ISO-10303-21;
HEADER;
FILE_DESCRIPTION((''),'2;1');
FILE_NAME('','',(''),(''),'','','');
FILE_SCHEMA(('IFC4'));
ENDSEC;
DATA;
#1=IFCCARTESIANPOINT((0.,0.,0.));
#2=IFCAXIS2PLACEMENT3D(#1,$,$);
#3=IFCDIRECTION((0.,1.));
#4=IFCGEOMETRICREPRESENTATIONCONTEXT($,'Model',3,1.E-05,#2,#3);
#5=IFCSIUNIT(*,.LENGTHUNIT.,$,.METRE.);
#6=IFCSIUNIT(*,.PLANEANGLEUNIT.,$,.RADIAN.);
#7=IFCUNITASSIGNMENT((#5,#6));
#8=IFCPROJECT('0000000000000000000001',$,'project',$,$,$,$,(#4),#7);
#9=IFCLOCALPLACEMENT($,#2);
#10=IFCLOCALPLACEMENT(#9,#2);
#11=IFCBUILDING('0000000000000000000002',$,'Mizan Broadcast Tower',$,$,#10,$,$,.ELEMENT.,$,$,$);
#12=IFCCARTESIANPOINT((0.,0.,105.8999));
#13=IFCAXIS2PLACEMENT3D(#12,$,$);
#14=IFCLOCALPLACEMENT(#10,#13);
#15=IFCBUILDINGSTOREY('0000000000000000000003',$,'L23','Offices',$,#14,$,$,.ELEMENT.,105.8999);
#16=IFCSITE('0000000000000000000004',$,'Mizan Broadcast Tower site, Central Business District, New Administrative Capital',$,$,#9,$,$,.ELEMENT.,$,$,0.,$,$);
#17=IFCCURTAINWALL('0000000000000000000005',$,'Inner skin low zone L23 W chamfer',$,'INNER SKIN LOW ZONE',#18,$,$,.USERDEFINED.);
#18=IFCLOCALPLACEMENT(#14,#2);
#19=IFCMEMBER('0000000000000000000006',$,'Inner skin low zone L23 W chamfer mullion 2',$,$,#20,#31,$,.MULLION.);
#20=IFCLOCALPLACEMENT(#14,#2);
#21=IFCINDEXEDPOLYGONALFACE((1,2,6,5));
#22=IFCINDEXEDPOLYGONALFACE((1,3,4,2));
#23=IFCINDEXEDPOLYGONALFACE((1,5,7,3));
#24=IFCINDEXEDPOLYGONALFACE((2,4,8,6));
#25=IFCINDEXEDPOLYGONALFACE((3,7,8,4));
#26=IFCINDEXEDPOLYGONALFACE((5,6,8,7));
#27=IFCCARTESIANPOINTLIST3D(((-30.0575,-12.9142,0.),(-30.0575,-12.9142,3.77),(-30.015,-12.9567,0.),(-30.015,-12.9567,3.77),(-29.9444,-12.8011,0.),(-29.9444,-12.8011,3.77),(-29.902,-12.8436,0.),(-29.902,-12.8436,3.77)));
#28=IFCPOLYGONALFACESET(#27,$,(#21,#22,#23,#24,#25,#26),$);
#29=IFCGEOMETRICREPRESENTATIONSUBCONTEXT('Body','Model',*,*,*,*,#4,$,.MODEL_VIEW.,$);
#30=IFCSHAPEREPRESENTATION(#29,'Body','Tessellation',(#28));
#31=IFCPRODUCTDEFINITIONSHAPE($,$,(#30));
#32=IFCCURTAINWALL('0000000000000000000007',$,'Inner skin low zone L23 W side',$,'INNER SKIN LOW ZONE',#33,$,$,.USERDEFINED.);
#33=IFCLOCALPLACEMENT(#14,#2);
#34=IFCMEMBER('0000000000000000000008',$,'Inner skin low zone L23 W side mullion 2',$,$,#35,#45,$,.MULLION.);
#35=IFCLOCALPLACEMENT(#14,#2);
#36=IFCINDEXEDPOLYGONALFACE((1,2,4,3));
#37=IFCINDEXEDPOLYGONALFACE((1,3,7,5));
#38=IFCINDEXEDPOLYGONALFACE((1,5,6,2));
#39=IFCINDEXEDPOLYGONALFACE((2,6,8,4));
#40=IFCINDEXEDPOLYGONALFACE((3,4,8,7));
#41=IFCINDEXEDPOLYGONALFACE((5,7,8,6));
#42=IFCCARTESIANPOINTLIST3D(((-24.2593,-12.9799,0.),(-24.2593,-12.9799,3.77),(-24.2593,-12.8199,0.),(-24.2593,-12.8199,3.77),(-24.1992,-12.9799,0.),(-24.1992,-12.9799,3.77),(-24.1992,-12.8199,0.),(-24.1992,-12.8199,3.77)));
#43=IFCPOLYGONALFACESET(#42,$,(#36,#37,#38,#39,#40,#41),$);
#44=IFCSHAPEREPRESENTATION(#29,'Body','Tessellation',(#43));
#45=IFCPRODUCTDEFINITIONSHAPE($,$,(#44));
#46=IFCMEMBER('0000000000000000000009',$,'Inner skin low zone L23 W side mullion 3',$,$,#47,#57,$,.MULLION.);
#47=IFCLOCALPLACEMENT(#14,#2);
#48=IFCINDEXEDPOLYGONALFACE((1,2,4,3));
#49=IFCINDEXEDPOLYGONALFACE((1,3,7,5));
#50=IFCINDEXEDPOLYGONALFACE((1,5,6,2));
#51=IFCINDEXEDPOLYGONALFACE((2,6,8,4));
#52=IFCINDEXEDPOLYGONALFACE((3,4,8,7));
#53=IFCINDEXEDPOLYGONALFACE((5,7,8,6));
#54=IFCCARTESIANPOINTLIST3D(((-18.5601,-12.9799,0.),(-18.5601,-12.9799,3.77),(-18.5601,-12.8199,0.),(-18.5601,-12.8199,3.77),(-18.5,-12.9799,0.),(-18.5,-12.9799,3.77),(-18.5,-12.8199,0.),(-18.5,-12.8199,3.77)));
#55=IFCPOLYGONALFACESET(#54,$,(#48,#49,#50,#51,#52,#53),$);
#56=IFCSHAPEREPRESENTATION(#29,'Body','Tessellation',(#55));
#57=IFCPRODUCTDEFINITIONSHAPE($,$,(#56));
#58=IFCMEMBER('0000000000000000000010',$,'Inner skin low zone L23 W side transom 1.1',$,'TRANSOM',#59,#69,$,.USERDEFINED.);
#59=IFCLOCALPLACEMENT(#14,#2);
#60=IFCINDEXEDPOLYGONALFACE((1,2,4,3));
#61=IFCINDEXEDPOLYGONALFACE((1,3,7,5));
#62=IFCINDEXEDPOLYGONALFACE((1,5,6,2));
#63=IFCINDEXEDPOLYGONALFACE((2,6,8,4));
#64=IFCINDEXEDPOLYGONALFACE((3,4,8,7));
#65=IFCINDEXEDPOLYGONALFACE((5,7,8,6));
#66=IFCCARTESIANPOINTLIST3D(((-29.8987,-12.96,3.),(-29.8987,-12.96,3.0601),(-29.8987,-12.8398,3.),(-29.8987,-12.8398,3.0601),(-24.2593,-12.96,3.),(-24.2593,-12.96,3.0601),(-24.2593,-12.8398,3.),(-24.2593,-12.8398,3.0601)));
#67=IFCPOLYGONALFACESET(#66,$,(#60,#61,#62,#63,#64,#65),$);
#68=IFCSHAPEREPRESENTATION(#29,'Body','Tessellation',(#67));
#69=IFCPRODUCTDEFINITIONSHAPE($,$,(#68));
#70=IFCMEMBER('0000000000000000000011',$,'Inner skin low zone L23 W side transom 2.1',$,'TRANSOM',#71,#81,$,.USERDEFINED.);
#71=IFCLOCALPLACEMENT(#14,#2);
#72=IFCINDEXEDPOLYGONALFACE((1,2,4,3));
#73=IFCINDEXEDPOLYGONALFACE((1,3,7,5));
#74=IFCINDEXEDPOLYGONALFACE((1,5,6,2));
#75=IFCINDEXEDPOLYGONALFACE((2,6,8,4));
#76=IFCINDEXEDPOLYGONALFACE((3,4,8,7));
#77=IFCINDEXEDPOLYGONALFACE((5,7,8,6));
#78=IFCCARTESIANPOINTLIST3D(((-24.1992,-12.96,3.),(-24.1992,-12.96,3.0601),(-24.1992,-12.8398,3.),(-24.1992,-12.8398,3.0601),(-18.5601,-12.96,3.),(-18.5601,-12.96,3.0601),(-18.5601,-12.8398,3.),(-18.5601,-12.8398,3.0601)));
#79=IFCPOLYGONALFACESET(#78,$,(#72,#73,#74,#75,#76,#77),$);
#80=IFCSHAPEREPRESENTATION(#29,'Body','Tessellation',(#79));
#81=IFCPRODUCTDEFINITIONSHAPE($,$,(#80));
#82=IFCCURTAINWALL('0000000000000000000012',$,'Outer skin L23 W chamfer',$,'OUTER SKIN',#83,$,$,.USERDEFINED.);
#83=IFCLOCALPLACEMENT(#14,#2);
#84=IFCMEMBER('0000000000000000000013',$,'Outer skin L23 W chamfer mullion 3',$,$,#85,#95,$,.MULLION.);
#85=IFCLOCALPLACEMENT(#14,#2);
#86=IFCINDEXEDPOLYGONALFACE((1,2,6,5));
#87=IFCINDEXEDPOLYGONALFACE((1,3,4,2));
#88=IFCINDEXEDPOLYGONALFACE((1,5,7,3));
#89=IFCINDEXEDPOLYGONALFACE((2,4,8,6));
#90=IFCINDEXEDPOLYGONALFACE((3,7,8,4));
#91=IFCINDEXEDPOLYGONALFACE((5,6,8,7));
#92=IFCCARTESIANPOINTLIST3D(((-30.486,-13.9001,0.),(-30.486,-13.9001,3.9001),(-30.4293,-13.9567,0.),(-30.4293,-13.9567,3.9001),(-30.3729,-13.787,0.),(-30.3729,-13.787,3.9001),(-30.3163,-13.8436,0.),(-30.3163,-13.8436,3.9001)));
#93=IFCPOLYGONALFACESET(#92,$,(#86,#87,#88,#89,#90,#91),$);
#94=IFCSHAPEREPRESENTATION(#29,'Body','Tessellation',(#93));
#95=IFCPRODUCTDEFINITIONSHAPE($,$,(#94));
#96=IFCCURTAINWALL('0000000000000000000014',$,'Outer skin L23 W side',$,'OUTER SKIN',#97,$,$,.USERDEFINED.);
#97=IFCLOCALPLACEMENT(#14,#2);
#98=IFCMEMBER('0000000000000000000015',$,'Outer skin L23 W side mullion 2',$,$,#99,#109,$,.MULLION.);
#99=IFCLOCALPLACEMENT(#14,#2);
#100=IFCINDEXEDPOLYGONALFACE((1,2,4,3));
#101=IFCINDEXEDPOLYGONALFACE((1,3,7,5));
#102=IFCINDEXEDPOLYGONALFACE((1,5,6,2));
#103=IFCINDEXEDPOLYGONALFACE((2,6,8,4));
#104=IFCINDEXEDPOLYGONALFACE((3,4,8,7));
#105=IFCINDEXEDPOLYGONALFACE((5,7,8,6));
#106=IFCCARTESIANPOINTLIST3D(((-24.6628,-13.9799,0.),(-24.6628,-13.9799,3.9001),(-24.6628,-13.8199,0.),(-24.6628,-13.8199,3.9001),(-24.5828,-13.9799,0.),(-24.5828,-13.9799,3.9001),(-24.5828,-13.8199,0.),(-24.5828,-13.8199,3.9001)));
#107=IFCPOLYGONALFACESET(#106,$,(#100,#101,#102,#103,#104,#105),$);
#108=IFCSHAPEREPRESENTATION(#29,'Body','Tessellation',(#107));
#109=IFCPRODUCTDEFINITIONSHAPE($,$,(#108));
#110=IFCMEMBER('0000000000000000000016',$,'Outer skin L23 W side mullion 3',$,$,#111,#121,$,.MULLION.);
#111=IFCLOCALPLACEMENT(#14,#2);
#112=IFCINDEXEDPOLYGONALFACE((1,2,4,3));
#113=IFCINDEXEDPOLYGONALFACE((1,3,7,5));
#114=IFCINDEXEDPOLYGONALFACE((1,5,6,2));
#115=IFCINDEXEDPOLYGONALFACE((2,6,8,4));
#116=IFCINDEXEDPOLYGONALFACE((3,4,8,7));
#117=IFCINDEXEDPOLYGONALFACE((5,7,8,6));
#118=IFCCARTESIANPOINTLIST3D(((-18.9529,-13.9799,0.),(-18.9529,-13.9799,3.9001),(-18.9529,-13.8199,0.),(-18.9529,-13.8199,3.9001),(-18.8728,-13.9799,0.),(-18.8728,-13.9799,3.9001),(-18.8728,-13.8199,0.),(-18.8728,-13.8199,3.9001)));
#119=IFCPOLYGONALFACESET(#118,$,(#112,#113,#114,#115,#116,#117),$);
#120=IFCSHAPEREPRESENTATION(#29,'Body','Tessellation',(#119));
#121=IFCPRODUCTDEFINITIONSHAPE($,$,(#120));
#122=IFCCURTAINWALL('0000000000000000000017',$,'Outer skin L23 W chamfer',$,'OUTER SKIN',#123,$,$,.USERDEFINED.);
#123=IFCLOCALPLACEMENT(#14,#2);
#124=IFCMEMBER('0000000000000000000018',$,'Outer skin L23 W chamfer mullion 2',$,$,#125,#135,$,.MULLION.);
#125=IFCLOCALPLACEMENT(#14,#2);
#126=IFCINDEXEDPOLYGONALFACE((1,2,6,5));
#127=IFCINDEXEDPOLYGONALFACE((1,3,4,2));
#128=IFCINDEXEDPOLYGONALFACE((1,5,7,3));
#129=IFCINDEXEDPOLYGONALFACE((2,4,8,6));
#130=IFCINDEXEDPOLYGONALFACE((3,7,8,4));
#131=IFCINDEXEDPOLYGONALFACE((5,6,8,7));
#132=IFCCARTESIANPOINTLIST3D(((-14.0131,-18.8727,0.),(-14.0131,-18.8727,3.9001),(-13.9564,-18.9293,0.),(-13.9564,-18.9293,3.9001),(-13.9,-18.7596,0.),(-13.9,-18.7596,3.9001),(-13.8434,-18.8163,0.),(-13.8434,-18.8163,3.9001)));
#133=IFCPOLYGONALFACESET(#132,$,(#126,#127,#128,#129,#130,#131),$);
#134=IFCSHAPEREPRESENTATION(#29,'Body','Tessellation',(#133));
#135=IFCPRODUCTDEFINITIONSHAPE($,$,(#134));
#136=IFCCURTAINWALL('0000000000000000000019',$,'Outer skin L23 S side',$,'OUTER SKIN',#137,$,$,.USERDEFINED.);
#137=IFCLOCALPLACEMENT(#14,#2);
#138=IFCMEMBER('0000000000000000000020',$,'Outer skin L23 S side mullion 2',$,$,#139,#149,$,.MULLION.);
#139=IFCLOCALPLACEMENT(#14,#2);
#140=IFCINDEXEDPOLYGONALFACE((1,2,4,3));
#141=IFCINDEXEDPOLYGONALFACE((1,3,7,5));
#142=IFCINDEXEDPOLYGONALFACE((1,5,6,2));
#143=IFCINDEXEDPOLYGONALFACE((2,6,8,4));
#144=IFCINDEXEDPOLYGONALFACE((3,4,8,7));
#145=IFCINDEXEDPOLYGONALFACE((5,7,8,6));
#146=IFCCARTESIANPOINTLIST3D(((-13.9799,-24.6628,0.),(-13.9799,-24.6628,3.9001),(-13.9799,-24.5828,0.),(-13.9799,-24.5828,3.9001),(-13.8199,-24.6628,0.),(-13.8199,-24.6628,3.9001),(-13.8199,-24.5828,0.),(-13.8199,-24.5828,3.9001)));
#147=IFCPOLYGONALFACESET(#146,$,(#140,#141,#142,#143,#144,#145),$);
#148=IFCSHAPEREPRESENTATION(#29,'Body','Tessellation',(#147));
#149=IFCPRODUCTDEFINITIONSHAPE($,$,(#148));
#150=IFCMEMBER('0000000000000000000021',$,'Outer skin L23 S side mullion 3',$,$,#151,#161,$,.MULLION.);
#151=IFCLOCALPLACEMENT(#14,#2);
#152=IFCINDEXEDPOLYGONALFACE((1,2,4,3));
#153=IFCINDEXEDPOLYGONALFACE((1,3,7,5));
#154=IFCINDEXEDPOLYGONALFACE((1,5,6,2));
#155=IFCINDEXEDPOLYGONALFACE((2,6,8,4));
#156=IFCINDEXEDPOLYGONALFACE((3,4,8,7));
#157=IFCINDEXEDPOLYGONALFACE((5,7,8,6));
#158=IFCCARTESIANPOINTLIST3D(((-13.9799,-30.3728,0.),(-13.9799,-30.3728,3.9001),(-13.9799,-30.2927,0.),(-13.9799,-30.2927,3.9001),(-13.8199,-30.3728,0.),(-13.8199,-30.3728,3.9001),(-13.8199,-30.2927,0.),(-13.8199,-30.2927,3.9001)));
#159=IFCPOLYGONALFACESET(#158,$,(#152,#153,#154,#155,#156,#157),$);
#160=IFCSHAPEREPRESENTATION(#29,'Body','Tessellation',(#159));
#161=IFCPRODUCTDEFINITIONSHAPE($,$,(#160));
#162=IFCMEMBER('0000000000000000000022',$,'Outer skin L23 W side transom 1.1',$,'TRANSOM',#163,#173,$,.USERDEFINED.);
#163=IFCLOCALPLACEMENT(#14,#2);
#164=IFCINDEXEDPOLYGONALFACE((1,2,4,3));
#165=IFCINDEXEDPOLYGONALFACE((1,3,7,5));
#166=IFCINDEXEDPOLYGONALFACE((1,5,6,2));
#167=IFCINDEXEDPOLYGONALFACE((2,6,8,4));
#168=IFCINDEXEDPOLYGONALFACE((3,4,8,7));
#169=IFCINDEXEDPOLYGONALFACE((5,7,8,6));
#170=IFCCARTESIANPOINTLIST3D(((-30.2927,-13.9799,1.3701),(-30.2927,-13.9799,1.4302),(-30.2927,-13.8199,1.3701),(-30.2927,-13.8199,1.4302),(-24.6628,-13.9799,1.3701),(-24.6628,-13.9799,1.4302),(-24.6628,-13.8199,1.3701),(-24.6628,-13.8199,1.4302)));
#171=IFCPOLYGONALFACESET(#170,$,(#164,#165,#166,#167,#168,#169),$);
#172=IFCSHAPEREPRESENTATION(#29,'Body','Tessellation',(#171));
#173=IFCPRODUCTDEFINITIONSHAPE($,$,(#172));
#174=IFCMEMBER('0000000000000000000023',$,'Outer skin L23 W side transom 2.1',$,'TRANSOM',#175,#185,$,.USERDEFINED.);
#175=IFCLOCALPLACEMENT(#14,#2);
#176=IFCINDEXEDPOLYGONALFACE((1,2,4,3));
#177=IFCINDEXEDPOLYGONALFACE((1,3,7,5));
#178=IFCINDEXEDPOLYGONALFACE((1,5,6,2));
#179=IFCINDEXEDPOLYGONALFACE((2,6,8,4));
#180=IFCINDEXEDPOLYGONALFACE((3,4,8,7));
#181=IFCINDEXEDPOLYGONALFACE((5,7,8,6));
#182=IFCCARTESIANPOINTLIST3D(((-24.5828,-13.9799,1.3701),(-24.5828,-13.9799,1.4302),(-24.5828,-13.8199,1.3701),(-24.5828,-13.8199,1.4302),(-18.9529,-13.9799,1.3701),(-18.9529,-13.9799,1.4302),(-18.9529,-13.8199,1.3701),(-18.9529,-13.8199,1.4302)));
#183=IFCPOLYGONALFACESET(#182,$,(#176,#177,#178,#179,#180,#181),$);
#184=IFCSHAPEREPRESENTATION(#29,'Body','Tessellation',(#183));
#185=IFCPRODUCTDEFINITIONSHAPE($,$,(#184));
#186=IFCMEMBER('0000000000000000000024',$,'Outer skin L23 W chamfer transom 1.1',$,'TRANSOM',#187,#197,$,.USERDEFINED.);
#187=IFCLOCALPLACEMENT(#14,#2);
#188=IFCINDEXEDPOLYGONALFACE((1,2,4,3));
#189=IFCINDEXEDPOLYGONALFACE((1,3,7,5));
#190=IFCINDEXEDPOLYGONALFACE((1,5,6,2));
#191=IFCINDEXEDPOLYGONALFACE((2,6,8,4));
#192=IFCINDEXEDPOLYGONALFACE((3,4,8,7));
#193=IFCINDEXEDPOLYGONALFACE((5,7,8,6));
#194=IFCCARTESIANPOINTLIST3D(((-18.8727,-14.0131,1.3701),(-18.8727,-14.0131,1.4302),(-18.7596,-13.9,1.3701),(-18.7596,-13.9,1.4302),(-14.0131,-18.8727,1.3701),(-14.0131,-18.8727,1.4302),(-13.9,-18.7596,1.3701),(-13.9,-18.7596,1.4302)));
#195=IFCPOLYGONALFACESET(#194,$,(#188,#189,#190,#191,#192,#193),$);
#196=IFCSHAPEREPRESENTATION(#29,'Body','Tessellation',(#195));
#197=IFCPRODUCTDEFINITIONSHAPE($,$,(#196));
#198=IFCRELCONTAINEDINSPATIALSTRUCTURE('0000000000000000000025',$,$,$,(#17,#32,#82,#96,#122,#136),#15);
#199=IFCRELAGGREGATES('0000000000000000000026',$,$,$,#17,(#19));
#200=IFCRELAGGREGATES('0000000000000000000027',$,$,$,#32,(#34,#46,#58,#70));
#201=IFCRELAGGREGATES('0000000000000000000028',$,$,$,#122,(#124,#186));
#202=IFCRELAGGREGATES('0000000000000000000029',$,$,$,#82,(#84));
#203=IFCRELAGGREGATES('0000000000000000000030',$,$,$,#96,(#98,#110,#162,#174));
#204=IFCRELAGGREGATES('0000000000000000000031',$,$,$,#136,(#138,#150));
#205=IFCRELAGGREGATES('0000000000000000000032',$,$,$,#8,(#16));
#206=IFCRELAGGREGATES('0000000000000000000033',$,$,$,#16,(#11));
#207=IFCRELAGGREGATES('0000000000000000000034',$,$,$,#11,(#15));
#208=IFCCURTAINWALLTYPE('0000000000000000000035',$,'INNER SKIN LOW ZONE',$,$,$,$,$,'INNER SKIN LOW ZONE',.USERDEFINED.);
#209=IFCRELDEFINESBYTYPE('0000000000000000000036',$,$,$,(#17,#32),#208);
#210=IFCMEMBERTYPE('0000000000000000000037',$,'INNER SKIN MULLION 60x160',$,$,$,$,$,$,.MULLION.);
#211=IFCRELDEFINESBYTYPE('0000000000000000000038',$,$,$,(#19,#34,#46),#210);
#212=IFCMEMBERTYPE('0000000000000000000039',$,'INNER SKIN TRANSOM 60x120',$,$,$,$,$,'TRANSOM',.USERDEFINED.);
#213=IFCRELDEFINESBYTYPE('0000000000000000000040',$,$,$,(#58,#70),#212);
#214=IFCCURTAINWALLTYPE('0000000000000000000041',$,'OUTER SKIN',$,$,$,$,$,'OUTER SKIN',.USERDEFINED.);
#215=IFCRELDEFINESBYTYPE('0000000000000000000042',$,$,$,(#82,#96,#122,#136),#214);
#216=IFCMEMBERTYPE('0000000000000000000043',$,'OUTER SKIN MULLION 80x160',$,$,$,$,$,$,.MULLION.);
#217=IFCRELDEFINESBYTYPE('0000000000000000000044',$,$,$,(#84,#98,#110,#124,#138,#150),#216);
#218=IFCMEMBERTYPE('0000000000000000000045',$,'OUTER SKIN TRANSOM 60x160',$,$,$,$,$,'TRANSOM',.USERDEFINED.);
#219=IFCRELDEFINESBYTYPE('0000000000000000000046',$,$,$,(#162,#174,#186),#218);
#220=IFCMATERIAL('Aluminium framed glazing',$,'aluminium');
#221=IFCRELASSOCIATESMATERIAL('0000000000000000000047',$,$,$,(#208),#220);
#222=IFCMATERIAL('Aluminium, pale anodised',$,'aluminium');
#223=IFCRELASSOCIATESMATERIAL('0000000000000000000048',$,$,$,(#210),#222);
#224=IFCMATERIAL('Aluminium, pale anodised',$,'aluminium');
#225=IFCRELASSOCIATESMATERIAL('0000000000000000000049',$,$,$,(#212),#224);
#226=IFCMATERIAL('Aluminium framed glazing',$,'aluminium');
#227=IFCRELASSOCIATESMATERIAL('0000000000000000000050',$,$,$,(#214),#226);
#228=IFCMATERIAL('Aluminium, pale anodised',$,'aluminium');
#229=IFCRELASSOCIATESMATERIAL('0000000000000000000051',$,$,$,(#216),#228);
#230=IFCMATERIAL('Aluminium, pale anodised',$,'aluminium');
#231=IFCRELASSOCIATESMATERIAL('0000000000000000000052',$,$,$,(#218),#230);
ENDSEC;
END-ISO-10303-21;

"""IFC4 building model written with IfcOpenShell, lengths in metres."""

from ifc_helpers import new_model, si_unit, direction, frame, origin, origin_2d, place, context, subcontext, project, spatial, rectangle, extrude, material, material_profile, profile_set, type_object, element, aggregate, save


model = new_model("IFC4")

# Units and contexts
model_context = context("Model", 3, precision=1e-05, world=origin(), true_north=direction((0.0, 1.0)))
body_context = subcontext(model_context, "Body", "Model", "MODEL_VIEW")
ifc_project = project(units=[si_unit("LENGTHUNIT", "METRE"), si_unit("PLANEANGLEUNIT", "RADIAN")], contexts=[model_context])

# Site, building, storey
site_placement = place(None, origin())
site = spatial("IfcSite", under=ifc_project, at=site_placement, Name="Mizan Broadcast Tower site, Central Business District, New Administrative Capital", CompositionType="ELEMENT", RefElevation=0.0)
building_placement = place(site_placement, origin())
building = spatial("IfcBuilding", under=site, at=building_placement, Name="Mizan Broadcast Tower", CompositionType="ELEMENT")
storey_placement = place(building_placement, frame((0.0, 0.0, 105.8999)))
storey = spatial("IfcBuildingStorey", under=building, at=storey_placement, Name="L23", Description="Offices", CompositionType="ELEMENT", Elevation=105.8999)

# Curtain wall, member
ifc_material_1 = material(Name="Aluminium framed glazing", Category="aluminium")
curtain_wall_type_1 = type_object("IfcCurtainWallType", Name="INNER SKIN LOW ZONE", ElementType="INNER SKIN LOW ZONE", PredefinedType="USERDEFINED", material=ifc_material_1)
curtain_wall_1_placement = place(storey_placement, origin())
curtain_wall_1 = element("IfcCurtainWall", 1, at=curtain_wall_1_placement, inside=storey, type_object=curtain_wall_type_1, Name="Inner skin low zone L23 W chamfer", ObjectType="INNER SKIN LOW ZONE", PredefinedType="USERDEFINED")
ifc_material_2 = material(Name="Aluminium, pale anodised", Category="aluminium")
ifc_material_profile_1 = material_profile(ifc_material_2, rectangle(XDim=0.1599, YDim=0.0601, at=origin_2d()), Name="MULLION 160x60")
ifc_profile_set_1 = profile_set([ifc_material_profile_1], Name="Aluminium, pale anodised")
member_type_1 = type_object("IfcMemberType", Name="INNER SKIN MULLION 60x160", PredefinedType="MULLION", material=ifc_profile_set_1)
member_1_placement = place(storey_placement, frame((-29.9797, -12.8789, 0.0), z_axis=(0.0, 0.0, 1.0), x_axis=(0.707107, 0.707107, 0.0)))
member_1 = element("IfcMember", 2, at=member_1_placement, type_object=member_type_1, Name="Inner skin low zone L23 W chamfer mullion 2", PredefinedType="MULLION", context=body_context, shape_type="SweptSolid", body=[
    extrude(rectangle(XDim=0.1599, YDim=0.0601, at=origin_2d()), origin(), (0.0, 0.0, 1.0), 3.77),
])
aggregate(curtain_wall_1, [member_1])

# Curtain wall, members
curtain_wall_2_placement = place(storey_placement, origin())
curtain_wall_2 = element("IfcCurtainWall", 3, at=curtain_wall_2_placement, inside=storey, type_object=curtain_wall_type_1, Name="Inner skin low zone L23 W side", ObjectType="INNER SKIN LOW ZONE", PredefinedType="USERDEFINED")
member_2_placement = place(storey_placement, frame((-24.2292, -12.8999, 0.0), z_axis=(0.0, 0.0, 1.0), x_axis=(0.0, 1.0, 0.0)))
member_2 = element("IfcMember", 4, at=member_2_placement, type_object=member_type_1, Name="Inner skin low zone L23 W side mullion 2", PredefinedType="MULLION", context=body_context, shape_type="SweptSolid", body=[
    extrude(rectangle(XDim=0.1599, YDim=0.0601, at=origin_2d()), origin(), (0.0, 0.0, 1.0), 3.77),
])
member_3_placement = place(storey_placement, frame((-18.53, -12.8999, 0.0), z_axis=(0.0, 0.0, 1.0), x_axis=(0.0, 1.0, 0.0)))
member_3 = element("IfcMember", 5, at=member_3_placement, type_object=member_type_1, Name="Inner skin low zone L23 W side mullion 3", PredefinedType="MULLION", context=body_context, shape_type="SweptSolid", body=[
    extrude(rectangle(XDim=0.1599, YDim=0.0601, at=origin_2d()), origin(), (0.0, 0.0, 1.0), 3.77),
])
ifc_material_3 = material(Name="Aluminium, pale anodised", Category="aluminium")
ifc_material_profile_2 = material_profile(ifc_material_3, rectangle(XDim=0.1201, YDim=0.0601, at=origin_2d()), Name="TRANSOM 120x60")
ifc_profile_set_2 = profile_set([ifc_material_profile_2], Name="Aluminium, pale anodised")
member_type_2 = type_object("IfcMemberType", Name="INNER SKIN TRANSOM 60x120", ElementType="TRANSOM", PredefinedType="USERDEFINED", material=ifc_profile_set_2)
member_4_placement = place(storey_placement, frame((-29.8987, -12.8999, 3.03), z_axis=(1.0, 0.0, 0.0), x_axis=(0.0, 1.0, 0.0)))
member_4 = element("IfcMember", 6, at=member_4_placement, type_object=member_type_2, Name="Inner skin low zone L23 W side transom 1.1", ObjectType="TRANSOM", PredefinedType="USERDEFINED", context=body_context, shape_type="SweptSolid", body=[
    extrude(rectangle(XDim=0.1201, YDim=0.0601, at=origin_2d()), origin(), (0.0, 0.0, 1.0), 5.6394),
])
member_5_placement = place(storey_placement, frame((-24.1992, -12.8999, 3.03), z_axis=(1.0, 0.0, 0.0), x_axis=(0.0, 1.0, 0.0)))
member_5 = element("IfcMember", 7, at=member_5_placement, type_object=member_type_2, Name="Inner skin low zone L23 W side transom 2.1", ObjectType="TRANSOM", PredefinedType="USERDEFINED", context=body_context, shape_type="SweptSolid", body=[
    extrude(rectangle(XDim=0.1201, YDim=0.0601, at=origin_2d()), origin(), (0.0, 0.0, 1.0), 5.6392),
])

# Curtain wall, member
ifc_material_4 = material(Name="Aluminium framed glazing", Category="aluminium")
curtain_wall_type_2 = type_object("IfcCurtainWallType", Name="OUTER SKIN", ElementType="OUTER SKIN", PredefinedType="USERDEFINED", material=ifc_material_4)
curtain_wall_3_placement = place(storey_placement, origin())
curtain_wall_3 = element("IfcCurtainWall", 8, at=curtain_wall_3_placement, inside=storey, type_object=curtain_wall_type_2, Name="Outer skin L23 W chamfer", ObjectType="OUTER SKIN", PredefinedType="USERDEFINED")
ifc_material_5 = material(Name="Aluminium, pale anodised", Category="aluminium")
ifc_material_profile_3 = material_profile(ifc_material_5, rectangle(XDim=0.1599, YDim=0.0801, at=origin_2d()), Name="MULLION 160x80")
ifc_profile_set_3 = profile_set([ifc_material_profile_3], Name="Aluminium, pale anodised")
member_type_3 = type_object("IfcMemberType", Name="OUTER SKIN MULLION 80x160", PredefinedType="MULLION", material=ifc_profile_set_3)
member_6_placement = place(storey_placement, frame((-30.4011, -13.8718, 0.0), z_axis=(0.0, 0.0, 1.0), x_axis=(0.707107, 0.707107, 0.0)))
member_6 = element("IfcMember", 9, at=member_6_placement, type_object=member_type_3, Name="Outer skin L23 W chamfer mullion 3", PredefinedType="MULLION", context=body_context, shape_type="SweptSolid", body=[
    extrude(rectangle(XDim=0.1599, YDim=0.0801, at=origin_2d()), origin(), (0.0, 0.0, 1.0), 3.9001),
])

# Curtain wall, members
curtain_wall_4_placement = place(storey_placement, origin())
curtain_wall_4 = element("IfcCurtainWall", 10, at=curtain_wall_4_placement, inside=storey, type_object=curtain_wall_type_2, Name="Outer skin L23 W side", ObjectType="OUTER SKIN", PredefinedType="USERDEFINED")
member_7_placement = place(storey_placement, frame((-24.6228, -13.8999, 0.0), z_axis=(0.0, 0.0, 1.0), x_axis=(0.0, 1.0, 0.0)))
member_7 = element("IfcMember", 11, at=member_7_placement, type_object=member_type_3, Name="Outer skin L23 W side mullion 2", PredefinedType="MULLION", context=body_context, shape_type="SweptSolid", body=[
    extrude(rectangle(XDim=0.1599, YDim=0.0801, at=origin_2d()), origin(), (0.0, 0.0, 1.0), 3.9001),
])
member_8_placement = place(storey_placement, frame((-18.9128, -13.8999, 0.0), z_axis=(0.0, 0.0, 1.0), x_axis=(0.0, 1.0, 0.0)))
member_8 = element("IfcMember", 12, at=member_8_placement, type_object=member_type_3, Name="Outer skin L23 W side mullion 3", PredefinedType="MULLION", context=body_context, shape_type="SweptSolid", body=[
    extrude(rectangle(XDim=0.1599, YDim=0.0801, at=origin_2d()), origin(), (0.0, 0.0, 1.0), 3.9001),
])

# Curtain wall, member
curtain_wall_5_placement = place(storey_placement, origin())
curtain_wall_5 = element("IfcCurtainWall", 13, at=curtain_wall_5_placement, inside=storey, type_object=curtain_wall_type_2, Name="Outer skin L23 W chamfer", ObjectType="OUTER SKIN", PredefinedType="USERDEFINED")
member_9_placement = place(storey_placement, frame((-13.9282, -18.8445, 0.0), z_axis=(0.0, 0.0, 1.0), x_axis=(0.707107, 0.707107, 0.0)))
member_9 = element("IfcMember", 14, at=member_9_placement, type_object=member_type_3, Name="Outer skin L23 W chamfer mullion 2", PredefinedType="MULLION", context=body_context, shape_type="SweptSolid", body=[
    extrude(rectangle(XDim=0.1599, YDim=0.0801, at=origin_2d()), origin(), (0.0, 0.0, 1.0), 3.9001),
])

# Curtain wall, members
curtain_wall_6_placement = place(storey_placement, origin())
curtain_wall_6 = element("IfcCurtainWall", 15, at=curtain_wall_6_placement, inside=storey, type_object=curtain_wall_type_2, Name="Outer skin L23 S side", ObjectType="OUTER SKIN", PredefinedType="USERDEFINED")
member_10_placement = place(storey_placement, frame((-13.8999, -24.6228, 0.0), z_axis=(0.0, 0.0, 1.0), x_axis=(1.0, 0.0, 0.0)))
member_10 = element("IfcMember", 16, at=member_10_placement, type_object=member_type_3, Name="Outer skin L23 S side mullion 2", PredefinedType="MULLION", context=body_context, shape_type="SweptSolid", body=[
    extrude(rectangle(XDim=0.1599, YDim=0.0801, at=origin_2d()), origin(), (0.0, 0.0, 1.0), 3.9001),
])
member_11_placement = place(storey_placement, frame((-13.8999, -30.3328, 0.0), z_axis=(0.0, 0.0, 1.0), x_axis=(1.0, 0.0, 0.0)))
member_11 = element("IfcMember", 17, at=member_11_placement, type_object=member_type_3, Name="Outer skin L23 S side mullion 3", PredefinedType="MULLION", context=body_context, shape_type="SweptSolid", body=[
    extrude(rectangle(XDim=0.1599, YDim=0.0801, at=origin_2d()), origin(), (0.0, 0.0, 1.0), 3.9001),
])

# Members
ifc_material_6 = material(Name="Aluminium, pale anodised", Category="aluminium")
ifc_material_profile_4 = material_profile(ifc_material_6, rectangle(XDim=0.1599, YDim=0.0601, at=origin_2d()), Name="TRANSOM 160x60")
ifc_profile_set_4 = profile_set([ifc_material_profile_4], Name="Aluminium, pale anodised")
member_type_4 = type_object("IfcMemberType", Name="OUTER SKIN TRANSOM 60x160", ElementType="TRANSOM", PredefinedType="USERDEFINED", material=ifc_profile_set_4)
member_12_placement = place(storey_placement, frame((-30.2927, -13.8999, 1.4001), z_axis=(1.0, 0.0, 0.0), x_axis=(0.0, 1.0, 0.0)))
member_12 = element("IfcMember", 18, at=member_12_placement, type_object=member_type_4, Name="Outer skin L23 W side transom 1.1", ObjectType="TRANSOM", PredefinedType="USERDEFINED", context=body_context, shape_type="SweptSolid", body=[
    extrude(rectangle(XDim=0.1599, YDim=0.0601, at=origin_2d()), origin(), (0.0, 0.0, 1.0), 5.6299),
])
member_13_placement = place(storey_placement, frame((-24.5828, -13.8999, 1.4001), z_axis=(1.0, 0.0, 0.0), x_axis=(0.0, 1.0, 0.0)))
member_13 = element("IfcMember", 19, at=member_13_placement, type_object=member_type_4, Name="Outer skin L23 W side transom 2.1", ObjectType="TRANSOM", PredefinedType="USERDEFINED", context=body_context, shape_type="SweptSolid", body=[
    extrude(rectangle(XDim=0.1599, YDim=0.0601, at=origin_2d()), origin(), (0.0, 0.0, 1.0), 5.6299),
])
member_14_placement = place(storey_placement, frame((-18.8162, -13.9565, 1.4001), z_axis=(0.707107, -0.707107, 0.0), x_axis=(0.707107, 0.707107, 0.0)))
member_14 = element("IfcMember", 20, at=member_14_placement, type_object=member_type_4, Name="Outer skin L23 W chamfer transom 1.1", ObjectType="TRANSOM", PredefinedType="USERDEFINED", context=body_context, shape_type="SweptSolid", body=[
    extrude(rectangle(XDim=0.1599, YDim=0.0601, at=origin_2d()), origin(), (0.0, 0.0, 1.0), 6.8726),
])

aggregate(curtain_wall_2, [member_2, member_3, member_4, member_5])
aggregate(curtain_wall_5, [member_9, member_14])
aggregate(curtain_wall_3, [member_6])
aggregate(curtain_wall_4, [member_7, member_8, member_12, member_13])
aggregate(curtain_wall_6, [member_10, member_11])

save(model, "model.ifc")
